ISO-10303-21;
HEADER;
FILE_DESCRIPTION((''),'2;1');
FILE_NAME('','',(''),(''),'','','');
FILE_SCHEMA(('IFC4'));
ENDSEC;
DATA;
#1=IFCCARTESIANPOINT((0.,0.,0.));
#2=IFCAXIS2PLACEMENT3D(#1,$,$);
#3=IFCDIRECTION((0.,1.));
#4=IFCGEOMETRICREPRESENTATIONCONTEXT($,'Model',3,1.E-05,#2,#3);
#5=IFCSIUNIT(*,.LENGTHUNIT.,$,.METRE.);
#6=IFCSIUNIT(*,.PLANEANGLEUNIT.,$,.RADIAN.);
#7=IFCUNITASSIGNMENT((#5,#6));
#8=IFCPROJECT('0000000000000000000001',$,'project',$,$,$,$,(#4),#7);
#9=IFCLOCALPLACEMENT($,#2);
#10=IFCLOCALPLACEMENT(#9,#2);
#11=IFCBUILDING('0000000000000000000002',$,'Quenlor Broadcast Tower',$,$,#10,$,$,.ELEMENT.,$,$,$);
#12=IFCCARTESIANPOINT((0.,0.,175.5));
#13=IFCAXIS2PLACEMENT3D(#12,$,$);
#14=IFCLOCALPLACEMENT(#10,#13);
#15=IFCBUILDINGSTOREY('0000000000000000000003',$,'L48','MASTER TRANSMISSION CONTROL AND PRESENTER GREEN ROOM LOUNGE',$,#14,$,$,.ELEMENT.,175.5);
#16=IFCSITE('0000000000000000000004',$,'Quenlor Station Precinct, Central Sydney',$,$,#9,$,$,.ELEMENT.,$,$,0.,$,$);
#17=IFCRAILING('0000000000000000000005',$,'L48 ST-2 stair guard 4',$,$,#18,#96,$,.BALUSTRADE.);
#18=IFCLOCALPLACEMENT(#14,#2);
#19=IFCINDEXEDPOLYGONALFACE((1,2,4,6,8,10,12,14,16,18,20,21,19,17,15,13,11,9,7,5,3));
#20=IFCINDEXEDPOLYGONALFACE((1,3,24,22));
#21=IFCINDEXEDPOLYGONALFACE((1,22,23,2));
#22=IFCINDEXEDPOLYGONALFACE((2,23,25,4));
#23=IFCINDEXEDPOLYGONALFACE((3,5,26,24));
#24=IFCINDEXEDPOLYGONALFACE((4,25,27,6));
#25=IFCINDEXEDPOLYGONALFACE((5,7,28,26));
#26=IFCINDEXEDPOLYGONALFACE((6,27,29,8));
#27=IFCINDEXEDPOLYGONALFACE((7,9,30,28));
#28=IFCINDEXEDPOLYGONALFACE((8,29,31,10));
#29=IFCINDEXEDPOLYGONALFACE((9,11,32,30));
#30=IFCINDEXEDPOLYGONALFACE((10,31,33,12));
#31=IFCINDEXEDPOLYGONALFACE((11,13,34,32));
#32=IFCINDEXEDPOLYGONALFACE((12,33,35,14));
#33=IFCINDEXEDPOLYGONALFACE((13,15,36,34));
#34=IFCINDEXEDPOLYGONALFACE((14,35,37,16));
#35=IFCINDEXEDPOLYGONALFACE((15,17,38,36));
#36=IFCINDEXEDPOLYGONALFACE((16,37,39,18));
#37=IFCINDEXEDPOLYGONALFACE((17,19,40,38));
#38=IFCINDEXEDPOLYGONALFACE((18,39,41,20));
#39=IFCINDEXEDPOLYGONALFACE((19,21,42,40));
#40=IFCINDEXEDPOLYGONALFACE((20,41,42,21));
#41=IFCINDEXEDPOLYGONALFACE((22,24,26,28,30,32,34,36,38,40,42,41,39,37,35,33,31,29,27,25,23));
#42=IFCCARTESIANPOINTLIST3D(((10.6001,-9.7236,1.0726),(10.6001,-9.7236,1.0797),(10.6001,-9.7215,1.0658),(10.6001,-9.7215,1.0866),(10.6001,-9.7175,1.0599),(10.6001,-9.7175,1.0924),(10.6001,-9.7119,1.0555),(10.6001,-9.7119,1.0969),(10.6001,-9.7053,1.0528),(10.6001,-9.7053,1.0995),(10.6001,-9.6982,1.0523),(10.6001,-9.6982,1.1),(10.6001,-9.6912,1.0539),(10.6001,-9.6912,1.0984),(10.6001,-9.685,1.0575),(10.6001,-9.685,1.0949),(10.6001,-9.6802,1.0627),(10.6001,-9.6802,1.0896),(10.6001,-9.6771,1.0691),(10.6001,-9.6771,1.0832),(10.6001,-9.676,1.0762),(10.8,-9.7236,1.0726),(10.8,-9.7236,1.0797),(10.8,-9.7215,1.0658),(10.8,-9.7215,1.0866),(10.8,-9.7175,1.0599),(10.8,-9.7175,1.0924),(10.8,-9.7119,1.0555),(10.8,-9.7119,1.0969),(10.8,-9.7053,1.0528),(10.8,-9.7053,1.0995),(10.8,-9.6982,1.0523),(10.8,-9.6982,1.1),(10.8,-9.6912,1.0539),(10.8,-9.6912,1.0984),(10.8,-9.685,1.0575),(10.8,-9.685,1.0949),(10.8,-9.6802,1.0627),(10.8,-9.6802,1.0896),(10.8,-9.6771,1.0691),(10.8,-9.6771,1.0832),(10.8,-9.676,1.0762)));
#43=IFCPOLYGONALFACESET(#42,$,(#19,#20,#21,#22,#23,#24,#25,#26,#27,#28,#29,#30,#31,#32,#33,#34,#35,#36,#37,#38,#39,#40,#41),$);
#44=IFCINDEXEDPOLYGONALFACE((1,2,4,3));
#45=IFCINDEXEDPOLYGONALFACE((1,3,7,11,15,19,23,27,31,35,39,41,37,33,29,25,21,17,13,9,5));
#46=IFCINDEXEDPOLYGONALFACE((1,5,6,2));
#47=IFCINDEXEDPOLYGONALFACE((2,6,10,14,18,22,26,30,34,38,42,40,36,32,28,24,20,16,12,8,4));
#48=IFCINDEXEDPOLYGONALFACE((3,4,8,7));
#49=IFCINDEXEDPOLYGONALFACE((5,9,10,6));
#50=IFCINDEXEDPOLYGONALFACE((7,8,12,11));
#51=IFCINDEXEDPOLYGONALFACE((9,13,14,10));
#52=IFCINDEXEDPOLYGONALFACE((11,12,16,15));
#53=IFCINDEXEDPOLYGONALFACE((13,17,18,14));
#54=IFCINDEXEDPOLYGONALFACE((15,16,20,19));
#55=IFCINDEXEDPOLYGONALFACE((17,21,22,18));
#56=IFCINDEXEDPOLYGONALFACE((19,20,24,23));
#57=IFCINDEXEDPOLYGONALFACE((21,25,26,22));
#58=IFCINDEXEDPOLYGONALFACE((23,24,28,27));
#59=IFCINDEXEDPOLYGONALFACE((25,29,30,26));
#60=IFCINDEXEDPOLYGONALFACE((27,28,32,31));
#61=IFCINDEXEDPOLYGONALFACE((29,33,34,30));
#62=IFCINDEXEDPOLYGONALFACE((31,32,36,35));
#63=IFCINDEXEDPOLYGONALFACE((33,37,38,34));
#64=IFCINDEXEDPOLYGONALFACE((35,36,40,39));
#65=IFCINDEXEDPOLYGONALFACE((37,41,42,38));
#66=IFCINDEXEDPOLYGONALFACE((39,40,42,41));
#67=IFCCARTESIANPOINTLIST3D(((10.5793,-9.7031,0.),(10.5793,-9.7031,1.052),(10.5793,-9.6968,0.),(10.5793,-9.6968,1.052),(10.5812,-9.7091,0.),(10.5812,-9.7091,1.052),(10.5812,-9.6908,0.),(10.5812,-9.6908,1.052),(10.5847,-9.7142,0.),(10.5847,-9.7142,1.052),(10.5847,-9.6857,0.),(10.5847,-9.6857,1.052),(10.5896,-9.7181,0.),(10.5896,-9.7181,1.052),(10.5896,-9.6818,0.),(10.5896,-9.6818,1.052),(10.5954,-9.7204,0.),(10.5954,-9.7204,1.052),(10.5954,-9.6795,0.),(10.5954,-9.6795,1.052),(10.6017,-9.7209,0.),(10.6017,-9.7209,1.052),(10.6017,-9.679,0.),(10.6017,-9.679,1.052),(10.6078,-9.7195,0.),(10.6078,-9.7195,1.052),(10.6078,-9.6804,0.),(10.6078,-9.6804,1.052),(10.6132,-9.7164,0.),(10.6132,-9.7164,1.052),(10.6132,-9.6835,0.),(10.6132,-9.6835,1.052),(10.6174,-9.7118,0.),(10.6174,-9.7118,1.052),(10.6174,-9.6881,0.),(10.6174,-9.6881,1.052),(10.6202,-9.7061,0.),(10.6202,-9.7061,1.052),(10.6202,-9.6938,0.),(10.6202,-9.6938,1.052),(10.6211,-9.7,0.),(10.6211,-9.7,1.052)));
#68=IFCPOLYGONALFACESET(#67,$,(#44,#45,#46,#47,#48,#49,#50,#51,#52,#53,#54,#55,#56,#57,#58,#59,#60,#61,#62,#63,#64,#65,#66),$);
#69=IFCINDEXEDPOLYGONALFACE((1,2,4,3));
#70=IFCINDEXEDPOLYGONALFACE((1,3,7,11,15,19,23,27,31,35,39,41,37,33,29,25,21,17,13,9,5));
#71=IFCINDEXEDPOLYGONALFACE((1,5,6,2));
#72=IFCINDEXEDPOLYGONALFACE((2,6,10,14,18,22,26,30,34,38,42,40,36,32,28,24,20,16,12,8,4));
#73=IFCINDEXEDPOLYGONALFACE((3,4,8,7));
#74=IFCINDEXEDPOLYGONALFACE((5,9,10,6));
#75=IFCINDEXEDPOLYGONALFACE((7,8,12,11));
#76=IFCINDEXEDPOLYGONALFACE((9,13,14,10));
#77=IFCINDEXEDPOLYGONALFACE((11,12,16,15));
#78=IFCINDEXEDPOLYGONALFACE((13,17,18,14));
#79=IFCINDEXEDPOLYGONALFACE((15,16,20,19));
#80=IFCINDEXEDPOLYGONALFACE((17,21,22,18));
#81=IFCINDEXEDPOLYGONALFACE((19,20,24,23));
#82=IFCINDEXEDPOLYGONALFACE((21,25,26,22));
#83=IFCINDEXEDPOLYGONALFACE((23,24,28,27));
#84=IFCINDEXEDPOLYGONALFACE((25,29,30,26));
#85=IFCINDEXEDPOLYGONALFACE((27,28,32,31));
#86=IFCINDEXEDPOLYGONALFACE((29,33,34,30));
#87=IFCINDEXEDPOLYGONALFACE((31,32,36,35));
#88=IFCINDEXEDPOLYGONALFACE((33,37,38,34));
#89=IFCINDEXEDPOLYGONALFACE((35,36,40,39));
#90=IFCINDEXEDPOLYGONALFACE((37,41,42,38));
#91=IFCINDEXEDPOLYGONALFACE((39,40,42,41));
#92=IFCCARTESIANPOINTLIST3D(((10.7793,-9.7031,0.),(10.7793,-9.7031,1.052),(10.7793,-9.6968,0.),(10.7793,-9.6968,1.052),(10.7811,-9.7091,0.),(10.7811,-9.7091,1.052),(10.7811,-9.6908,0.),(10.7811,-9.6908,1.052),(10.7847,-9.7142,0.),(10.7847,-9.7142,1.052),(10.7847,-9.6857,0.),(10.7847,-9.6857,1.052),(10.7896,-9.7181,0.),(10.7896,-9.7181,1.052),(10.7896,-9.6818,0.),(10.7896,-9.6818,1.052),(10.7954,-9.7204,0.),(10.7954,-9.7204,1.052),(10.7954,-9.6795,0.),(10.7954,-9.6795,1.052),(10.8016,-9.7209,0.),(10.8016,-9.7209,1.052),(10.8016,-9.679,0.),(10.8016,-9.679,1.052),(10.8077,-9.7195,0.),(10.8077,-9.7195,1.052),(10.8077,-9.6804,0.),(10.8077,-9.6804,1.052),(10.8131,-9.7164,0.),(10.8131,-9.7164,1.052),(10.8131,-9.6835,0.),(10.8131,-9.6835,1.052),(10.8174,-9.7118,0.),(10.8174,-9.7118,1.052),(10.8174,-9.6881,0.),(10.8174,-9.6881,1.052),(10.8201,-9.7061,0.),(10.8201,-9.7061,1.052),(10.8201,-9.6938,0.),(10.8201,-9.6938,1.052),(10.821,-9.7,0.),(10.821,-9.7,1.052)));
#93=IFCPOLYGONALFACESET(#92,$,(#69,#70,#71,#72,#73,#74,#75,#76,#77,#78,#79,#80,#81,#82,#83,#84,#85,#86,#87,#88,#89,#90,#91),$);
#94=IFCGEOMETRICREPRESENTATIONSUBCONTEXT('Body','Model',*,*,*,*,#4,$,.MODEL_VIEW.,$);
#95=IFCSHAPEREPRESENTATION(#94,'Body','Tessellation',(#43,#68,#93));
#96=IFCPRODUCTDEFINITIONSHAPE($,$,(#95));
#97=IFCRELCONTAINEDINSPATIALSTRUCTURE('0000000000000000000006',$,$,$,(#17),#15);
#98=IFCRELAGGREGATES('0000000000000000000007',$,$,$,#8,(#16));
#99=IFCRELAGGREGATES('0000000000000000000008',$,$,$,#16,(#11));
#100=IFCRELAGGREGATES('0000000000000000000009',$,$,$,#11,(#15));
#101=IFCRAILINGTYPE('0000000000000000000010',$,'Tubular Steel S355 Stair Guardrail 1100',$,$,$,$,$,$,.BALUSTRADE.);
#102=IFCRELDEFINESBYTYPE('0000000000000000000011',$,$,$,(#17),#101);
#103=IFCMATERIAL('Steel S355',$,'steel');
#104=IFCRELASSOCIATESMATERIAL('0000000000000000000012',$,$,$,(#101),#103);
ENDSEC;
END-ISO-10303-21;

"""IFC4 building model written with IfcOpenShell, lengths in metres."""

from ifc_helpers import new_model, si_unit, direction, frame, origin, origin_2d, place, context, subcontext, project, spatial, circle, extrude, material, type_object, element, save


model = new_model("IFC4")

# Units and contexts
model_context = context("Model", 3, precision=1e-05, world=origin(), true_north=direction((0.0, 1.0)))
body_context = subcontext(model_context, "Body", "Model", "MODEL_VIEW")
ifc_project = project(units=[si_unit("LENGTHUNIT", "METRE"), si_unit("PLANEANGLEUNIT", "RADIAN")], contexts=[model_context])

# Site, building, storey
site_placement = place(None, origin())
site = spatial("IfcSite", under=ifc_project, at=site_placement, Name="Quenlor Station Precinct, Central Sydney", CompositionType="ELEMENT", RefElevation=0.0)
building_placement = place(site_placement, origin())
building = spatial("IfcBuilding", under=site, at=building_placement, Name="Quenlor Broadcast Tower", CompositionType="ELEMENT")
storey_placement = place(building_placement, frame((0.0, 0.0, 175.5)))
storey = spatial("IfcBuildingStorey", under=building, at=storey_placement, Name="L48", Description="MASTER TRANSMISSION CONTROL AND PRESENTER GREEN ROOM LOUNGE", CompositionType="ELEMENT", Elevation=175.5)

# Railing
ifc_material_1 = material(Name="Steel S355", Category="steel")
railing_type_1 = type_object("IfcRailingType", Name="Tubular Steel S355 Stair Guardrail 1100", PredefinedType="BALUSTRADE", material=ifc_material_1)
railing_1_placement = place(storey_placement, frame((10.6001, -9.7, 0.0)))
element("IfcRailing", 1, at=railing_1_placement, inside=storey, type_object=railing_type_1, Name="L48 ST-2 stair guard 4", PredefinedType="BALUSTRADE", context=body_context, shape_type="SweptSolid", body=[
    extrude(circle(Radius=0.0239, at=origin_2d()), frame((0.0, 0.0, 1.0762), z_axis=(1.0, 0.0, 0.0), x_axis=(0.0, 1.0, 0.0)), (0.0, 0.0, 1.0), 0.2),
    extrude(circle(Radius=0.021, at=origin_2d()), origin(), (0.0, 0.0, 1.0), 1.052),
    extrude(circle(Radius=0.021, at=origin_2d()), frame((0.2, 0.0, 0.0)), (0.0, 0.0, 1.0), 1.052),
])

save(model, "model.ifc")
